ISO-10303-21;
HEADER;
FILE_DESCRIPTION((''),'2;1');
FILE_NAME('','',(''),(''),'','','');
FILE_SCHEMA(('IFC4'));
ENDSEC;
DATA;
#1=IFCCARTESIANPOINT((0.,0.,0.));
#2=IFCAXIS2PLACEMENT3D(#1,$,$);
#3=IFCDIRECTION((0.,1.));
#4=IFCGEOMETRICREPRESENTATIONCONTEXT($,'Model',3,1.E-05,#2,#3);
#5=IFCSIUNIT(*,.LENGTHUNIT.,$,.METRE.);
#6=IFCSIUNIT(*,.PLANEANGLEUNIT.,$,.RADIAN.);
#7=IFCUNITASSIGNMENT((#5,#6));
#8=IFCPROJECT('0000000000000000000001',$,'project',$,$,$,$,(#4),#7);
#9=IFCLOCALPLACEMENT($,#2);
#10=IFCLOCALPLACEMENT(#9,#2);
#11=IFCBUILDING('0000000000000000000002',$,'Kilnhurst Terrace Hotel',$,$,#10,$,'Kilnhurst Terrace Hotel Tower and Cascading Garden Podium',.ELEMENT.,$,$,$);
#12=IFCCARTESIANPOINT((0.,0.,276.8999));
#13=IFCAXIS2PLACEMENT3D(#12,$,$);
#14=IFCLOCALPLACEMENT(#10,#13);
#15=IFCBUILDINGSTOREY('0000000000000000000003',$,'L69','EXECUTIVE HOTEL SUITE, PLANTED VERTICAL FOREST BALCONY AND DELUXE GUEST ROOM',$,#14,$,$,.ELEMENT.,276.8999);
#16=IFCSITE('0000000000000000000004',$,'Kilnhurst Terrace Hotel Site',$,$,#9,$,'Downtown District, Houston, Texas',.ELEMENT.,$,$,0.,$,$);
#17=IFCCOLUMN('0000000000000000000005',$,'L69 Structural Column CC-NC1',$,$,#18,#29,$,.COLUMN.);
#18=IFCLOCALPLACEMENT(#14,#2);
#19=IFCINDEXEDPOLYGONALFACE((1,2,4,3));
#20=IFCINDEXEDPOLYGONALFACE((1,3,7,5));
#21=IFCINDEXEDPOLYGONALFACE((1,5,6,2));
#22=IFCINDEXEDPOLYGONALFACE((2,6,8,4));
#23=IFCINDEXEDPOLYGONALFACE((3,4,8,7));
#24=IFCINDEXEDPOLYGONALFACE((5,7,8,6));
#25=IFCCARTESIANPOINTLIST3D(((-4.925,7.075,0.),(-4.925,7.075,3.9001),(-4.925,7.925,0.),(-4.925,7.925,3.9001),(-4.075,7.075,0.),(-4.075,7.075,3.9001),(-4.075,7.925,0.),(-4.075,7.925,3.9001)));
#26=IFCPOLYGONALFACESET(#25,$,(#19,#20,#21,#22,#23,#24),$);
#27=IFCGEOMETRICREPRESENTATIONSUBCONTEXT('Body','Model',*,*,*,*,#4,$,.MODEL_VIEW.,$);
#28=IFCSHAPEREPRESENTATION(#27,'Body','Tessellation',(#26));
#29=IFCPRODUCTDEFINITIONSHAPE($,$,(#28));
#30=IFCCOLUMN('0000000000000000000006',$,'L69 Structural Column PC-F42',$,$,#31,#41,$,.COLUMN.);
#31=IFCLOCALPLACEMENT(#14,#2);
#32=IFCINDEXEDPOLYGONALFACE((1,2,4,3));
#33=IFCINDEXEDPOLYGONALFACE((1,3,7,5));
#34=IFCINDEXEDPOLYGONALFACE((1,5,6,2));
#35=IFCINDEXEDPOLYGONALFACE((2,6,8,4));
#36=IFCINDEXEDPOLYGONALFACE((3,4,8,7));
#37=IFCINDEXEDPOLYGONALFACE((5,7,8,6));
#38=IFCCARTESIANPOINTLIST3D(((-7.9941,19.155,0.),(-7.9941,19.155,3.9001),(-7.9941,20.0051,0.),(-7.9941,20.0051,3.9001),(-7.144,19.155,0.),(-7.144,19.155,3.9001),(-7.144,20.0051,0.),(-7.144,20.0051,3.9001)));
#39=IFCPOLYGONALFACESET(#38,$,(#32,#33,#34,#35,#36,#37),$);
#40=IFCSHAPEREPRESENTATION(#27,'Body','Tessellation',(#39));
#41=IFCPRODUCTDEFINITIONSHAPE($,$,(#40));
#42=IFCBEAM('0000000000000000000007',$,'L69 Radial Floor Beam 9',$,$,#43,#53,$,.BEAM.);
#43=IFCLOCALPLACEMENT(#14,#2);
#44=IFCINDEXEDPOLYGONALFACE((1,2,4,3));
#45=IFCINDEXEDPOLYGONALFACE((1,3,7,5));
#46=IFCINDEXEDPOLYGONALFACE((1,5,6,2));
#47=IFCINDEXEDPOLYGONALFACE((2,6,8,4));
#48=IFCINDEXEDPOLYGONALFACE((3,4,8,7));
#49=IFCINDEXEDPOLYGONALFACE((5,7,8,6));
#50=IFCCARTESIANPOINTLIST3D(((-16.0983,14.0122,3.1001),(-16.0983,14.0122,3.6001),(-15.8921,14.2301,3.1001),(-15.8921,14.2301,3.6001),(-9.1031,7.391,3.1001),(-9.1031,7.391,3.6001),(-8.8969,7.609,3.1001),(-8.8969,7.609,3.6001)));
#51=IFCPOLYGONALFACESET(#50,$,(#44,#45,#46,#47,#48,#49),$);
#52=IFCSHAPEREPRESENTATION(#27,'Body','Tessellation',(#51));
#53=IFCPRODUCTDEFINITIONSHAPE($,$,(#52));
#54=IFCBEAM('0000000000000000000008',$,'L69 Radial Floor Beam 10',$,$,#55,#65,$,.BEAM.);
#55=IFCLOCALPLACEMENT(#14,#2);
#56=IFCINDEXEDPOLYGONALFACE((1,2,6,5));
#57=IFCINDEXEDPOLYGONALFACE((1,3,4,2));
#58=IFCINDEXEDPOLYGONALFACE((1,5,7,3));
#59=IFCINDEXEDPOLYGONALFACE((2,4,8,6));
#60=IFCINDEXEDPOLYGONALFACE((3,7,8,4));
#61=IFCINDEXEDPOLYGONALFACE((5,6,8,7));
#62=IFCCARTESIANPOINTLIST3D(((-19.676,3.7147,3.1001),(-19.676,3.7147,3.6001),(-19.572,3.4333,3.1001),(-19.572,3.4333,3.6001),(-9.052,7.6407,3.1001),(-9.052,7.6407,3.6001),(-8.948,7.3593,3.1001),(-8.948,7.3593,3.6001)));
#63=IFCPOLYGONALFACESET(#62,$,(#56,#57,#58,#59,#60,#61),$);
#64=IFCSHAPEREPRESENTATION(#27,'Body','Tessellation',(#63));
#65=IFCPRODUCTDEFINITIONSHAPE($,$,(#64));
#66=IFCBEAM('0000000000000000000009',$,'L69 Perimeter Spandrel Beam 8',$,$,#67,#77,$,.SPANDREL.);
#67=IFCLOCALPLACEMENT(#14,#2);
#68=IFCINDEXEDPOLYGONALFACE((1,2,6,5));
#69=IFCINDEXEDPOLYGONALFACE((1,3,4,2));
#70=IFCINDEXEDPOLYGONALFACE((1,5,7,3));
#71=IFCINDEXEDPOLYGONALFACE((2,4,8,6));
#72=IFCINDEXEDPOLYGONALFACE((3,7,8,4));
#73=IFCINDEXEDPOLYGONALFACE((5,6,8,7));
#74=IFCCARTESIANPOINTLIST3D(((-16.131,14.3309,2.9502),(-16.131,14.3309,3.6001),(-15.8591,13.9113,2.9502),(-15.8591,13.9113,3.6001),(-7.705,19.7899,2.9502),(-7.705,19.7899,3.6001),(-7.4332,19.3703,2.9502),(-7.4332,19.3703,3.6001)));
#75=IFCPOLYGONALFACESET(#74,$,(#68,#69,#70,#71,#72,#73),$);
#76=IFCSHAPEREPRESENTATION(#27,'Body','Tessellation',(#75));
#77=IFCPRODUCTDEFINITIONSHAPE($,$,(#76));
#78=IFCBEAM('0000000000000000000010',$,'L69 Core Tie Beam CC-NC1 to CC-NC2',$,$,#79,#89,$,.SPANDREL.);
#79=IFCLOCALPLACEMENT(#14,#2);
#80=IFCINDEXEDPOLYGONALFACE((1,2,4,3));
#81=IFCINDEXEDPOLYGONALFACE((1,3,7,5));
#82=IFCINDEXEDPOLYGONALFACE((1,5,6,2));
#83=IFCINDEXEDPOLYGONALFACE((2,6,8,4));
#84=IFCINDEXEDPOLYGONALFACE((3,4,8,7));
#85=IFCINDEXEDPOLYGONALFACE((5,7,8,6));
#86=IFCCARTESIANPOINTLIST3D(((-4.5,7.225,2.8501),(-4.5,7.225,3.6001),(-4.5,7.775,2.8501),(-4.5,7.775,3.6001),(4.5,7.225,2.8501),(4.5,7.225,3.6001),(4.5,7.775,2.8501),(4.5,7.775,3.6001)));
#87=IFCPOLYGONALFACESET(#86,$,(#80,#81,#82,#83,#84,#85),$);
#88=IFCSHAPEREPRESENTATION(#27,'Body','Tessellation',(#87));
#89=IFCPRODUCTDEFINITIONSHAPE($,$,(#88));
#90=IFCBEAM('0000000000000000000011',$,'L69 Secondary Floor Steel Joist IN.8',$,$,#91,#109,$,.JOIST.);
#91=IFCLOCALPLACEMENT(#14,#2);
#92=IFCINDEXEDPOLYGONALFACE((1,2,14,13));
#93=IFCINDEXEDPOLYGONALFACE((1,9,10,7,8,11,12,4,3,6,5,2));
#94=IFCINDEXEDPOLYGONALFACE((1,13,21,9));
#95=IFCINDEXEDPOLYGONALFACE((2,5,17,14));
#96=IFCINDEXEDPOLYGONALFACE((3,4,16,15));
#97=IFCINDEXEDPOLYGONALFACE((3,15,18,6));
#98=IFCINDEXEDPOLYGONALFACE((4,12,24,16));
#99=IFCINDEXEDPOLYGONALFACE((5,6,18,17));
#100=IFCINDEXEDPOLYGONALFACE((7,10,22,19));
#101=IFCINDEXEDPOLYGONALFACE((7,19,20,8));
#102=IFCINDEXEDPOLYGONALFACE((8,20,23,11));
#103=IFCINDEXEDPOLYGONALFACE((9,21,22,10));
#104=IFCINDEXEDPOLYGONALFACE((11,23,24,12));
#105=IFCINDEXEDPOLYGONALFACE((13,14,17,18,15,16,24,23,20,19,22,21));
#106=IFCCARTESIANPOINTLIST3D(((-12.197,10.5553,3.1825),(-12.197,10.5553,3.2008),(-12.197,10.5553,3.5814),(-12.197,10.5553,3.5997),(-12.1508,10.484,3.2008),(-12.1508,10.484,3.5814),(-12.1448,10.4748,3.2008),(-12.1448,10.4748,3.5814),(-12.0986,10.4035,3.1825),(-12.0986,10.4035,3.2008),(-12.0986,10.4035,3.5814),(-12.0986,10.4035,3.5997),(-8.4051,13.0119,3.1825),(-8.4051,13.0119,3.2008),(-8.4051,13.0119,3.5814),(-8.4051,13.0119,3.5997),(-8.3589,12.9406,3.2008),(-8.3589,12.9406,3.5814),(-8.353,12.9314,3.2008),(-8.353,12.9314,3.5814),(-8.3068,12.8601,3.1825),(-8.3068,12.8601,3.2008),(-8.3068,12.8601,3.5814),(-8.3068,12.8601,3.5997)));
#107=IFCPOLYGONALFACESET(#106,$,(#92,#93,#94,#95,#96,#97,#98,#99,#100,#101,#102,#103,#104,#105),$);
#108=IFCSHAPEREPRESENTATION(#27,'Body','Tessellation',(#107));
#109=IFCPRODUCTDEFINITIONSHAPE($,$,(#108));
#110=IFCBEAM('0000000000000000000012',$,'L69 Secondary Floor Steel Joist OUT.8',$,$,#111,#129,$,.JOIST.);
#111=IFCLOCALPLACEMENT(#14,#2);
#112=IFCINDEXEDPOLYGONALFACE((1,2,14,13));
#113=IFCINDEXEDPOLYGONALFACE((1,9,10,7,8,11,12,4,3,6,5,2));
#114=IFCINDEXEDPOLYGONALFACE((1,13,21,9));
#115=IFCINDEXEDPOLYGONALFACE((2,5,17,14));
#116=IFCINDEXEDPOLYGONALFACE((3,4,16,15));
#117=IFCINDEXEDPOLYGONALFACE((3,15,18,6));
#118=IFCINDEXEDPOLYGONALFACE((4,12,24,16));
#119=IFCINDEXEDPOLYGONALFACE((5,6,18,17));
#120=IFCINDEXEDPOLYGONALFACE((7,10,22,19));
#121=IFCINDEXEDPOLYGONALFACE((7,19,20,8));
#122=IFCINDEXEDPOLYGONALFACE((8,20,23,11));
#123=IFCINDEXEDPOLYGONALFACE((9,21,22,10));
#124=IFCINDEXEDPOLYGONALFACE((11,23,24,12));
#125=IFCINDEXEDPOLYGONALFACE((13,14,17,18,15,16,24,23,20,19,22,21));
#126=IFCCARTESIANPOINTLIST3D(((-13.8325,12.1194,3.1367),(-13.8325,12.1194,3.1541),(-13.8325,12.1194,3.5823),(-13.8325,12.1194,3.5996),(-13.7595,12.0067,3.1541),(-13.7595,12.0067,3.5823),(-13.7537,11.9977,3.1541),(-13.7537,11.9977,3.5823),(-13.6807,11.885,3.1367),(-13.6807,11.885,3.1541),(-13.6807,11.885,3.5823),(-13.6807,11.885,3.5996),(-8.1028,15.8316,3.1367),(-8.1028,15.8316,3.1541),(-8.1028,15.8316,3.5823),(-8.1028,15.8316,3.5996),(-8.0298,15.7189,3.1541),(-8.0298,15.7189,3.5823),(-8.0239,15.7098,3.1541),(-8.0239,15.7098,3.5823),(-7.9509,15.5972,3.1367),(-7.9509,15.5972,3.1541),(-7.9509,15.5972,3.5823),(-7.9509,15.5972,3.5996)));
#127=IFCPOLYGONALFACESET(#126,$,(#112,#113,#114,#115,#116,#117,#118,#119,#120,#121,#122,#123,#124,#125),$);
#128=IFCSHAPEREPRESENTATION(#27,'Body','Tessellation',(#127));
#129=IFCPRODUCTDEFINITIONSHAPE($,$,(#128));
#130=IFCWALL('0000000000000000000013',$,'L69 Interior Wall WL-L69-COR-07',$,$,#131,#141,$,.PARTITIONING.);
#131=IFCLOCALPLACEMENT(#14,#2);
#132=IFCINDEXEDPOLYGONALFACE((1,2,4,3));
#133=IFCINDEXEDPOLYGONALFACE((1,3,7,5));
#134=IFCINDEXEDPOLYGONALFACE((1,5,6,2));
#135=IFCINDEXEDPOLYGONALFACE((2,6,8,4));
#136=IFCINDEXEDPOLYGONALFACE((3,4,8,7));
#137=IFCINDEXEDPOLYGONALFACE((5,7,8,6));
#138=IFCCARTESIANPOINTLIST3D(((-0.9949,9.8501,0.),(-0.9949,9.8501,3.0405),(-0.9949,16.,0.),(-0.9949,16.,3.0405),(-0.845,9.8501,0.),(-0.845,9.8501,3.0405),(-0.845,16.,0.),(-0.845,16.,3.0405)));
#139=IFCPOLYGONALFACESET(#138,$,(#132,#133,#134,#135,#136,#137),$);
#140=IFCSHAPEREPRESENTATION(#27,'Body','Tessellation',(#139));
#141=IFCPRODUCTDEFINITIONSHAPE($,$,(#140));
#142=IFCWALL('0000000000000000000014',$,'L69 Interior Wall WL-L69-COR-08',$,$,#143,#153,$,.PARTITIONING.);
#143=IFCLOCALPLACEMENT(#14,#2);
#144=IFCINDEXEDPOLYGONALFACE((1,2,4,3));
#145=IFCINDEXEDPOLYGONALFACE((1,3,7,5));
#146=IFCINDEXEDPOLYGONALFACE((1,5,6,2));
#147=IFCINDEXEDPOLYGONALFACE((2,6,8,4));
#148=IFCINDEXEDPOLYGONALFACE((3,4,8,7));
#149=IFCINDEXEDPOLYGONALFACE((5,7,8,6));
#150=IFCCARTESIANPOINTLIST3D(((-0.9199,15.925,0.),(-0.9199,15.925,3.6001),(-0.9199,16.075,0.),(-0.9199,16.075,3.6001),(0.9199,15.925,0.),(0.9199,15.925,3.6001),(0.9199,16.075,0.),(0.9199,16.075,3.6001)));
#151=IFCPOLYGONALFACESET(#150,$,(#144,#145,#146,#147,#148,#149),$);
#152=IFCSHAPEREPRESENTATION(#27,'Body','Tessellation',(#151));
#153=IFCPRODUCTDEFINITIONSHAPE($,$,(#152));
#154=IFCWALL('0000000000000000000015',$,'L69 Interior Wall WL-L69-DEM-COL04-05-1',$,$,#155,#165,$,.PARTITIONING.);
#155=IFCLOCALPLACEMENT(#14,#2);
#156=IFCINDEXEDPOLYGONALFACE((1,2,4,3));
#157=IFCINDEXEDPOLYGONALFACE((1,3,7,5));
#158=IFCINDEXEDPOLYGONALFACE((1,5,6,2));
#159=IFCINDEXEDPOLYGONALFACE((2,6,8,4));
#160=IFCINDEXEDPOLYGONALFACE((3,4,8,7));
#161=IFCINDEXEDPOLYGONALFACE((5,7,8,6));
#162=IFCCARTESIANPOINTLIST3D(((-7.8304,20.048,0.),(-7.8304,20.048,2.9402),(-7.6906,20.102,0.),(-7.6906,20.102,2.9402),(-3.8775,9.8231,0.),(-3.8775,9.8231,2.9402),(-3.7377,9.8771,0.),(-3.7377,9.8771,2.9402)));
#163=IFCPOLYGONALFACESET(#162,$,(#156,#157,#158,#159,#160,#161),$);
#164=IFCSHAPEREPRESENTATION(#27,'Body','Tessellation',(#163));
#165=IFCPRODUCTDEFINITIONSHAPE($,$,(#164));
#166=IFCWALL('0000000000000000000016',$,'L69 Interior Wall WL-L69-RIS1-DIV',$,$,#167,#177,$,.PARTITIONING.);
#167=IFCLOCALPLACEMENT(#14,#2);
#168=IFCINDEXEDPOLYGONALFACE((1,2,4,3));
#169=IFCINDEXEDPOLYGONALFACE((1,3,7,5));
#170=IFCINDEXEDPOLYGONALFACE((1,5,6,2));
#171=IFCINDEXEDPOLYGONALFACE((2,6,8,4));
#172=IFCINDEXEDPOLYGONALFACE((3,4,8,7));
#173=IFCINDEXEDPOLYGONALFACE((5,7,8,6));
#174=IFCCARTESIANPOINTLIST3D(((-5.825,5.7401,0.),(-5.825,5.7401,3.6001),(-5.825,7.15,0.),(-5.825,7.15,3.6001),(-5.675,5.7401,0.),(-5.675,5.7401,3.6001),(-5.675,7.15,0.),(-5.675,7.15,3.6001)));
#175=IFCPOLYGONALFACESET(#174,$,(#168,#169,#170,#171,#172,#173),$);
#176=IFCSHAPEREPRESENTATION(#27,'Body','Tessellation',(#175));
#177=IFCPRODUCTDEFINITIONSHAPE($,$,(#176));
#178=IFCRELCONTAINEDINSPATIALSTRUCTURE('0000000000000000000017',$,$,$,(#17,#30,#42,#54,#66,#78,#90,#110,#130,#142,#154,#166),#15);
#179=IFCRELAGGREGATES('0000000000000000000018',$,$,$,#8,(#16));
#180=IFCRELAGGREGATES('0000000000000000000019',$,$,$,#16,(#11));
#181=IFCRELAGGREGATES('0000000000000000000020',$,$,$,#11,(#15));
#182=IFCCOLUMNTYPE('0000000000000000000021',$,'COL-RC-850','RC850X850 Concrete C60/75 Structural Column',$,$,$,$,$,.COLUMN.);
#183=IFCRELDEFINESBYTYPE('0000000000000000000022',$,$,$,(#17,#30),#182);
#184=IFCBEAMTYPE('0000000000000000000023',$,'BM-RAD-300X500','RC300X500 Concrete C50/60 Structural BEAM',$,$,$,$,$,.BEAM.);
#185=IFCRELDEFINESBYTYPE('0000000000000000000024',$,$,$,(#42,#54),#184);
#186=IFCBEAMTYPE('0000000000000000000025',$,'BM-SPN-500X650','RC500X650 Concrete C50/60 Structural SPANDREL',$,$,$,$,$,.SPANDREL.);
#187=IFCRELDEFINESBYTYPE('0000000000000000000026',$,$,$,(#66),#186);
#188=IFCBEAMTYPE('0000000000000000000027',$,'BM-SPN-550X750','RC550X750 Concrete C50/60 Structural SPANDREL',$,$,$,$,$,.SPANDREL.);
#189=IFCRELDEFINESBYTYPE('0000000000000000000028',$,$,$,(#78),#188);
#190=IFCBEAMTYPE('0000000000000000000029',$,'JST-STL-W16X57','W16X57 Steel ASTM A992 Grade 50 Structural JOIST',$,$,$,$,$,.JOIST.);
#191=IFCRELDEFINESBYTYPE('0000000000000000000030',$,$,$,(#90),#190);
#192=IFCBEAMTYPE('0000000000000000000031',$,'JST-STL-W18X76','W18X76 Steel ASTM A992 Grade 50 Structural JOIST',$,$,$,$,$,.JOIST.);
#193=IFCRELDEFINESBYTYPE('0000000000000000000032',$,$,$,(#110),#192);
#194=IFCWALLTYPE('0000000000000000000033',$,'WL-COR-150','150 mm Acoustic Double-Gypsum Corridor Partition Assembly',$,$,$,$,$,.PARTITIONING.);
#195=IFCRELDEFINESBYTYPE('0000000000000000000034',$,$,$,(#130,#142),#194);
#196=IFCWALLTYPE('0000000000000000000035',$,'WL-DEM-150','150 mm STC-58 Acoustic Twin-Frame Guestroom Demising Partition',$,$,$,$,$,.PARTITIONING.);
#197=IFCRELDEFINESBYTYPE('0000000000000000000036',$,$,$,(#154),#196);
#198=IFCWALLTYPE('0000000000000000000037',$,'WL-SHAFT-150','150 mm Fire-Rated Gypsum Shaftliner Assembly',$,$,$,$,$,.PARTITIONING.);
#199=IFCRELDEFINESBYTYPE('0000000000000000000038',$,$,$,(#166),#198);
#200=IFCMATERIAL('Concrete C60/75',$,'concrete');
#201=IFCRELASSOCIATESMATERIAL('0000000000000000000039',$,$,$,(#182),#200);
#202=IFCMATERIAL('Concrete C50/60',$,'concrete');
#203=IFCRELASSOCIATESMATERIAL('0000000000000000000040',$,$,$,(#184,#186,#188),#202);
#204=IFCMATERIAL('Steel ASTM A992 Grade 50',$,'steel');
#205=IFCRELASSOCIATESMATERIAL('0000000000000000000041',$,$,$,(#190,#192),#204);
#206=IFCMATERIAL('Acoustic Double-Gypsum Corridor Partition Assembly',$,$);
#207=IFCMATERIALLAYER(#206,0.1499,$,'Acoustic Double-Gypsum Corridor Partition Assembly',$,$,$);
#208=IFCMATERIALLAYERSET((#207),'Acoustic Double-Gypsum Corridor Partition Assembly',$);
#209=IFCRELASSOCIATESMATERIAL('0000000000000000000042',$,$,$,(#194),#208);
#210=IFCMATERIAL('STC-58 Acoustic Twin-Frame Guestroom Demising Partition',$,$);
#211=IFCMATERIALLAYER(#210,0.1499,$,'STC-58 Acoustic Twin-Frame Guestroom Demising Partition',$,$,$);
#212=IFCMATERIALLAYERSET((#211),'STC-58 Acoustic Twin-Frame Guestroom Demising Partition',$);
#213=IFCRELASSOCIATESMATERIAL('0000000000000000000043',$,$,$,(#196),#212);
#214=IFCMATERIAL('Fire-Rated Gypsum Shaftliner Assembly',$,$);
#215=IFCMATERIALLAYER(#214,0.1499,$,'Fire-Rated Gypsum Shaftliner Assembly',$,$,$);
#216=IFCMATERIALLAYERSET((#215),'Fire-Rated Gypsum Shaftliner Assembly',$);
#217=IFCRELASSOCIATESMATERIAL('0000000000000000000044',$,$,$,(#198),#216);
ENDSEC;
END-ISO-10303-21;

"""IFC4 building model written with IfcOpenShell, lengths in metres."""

from ifc_helpers import new_model, si_unit, direction, frame, frame_2d, origin, origin_2d, place, context, subcontext, project, spatial, rectangle, i_section, extrude, material, layer, layer_set, material_profile, profile_set, type_object, element, save


model = new_model("IFC4")

# Units and contexts
model_context = context("Model", 3, precision=1e-05, world=origin(), true_north=direction((0.0, 1.0)))
body_context = subcontext(model_context, "Body", "Model", "MODEL_VIEW")
ifc_project = project(units=[si_unit("LENGTHUNIT", "METRE"), si_unit("PLANEANGLEUNIT", "RADIAN")], contexts=[model_context])

# Site, building, storey
site_placement = place(None, origin())
site = spatial("IfcSite", under=ifc_project, at=site_placement, Name="Kilnhurst Terrace Hotel Site", LongName="Downtown District, Houston, Texas", CompositionType="ELEMENT", RefElevation=0.0)
building_placement = place(site_placement, origin())
building = spatial("IfcBuilding", under=site, at=building_placement, Name="Kilnhurst Terrace Hotel", LongName="Kilnhurst Terrace Hotel Tower and Cascading Garden Podium", CompositionType="ELEMENT")
storey_placement = place(building_placement, frame((0.0, 0.0, 276.8999)))
storey = spatial("IfcBuildingStorey", under=building, at=storey_placement, Name="L69", Description="EXECUTIVE HOTEL SUITE, PLANTED VERTICAL FOREST BALCONY AND DELUXE GUEST ROOM", CompositionType="ELEMENT", Elevation=276.8999)

# Columns
ifc_material_1 = material(Name="Concrete C60/75", Category="concrete")
ifc_material_profile_1 = material_profile(ifc_material_1, rectangle(XDim=0.8501, YDim=0.8501, at=origin_2d()), Name="RC850X850")
ifc_profile_set_1 = profile_set([ifc_material_profile_1], Name="Concrete C60/75")
column_type = type_object("IfcColumnType", Name="COL-RC-850", Description="RC850X850 Concrete C60/75 Structural Column", PredefinedType="COLUMN", material=ifc_profile_set_1)
for number, where, z_axis, x_axis, name in (
    (1, (-4.5, 7.5, 0.0), (0.0, 0.0, 1.0), (1.0, 0.0, 0.0), "L69 Structural Column CC-NC1"),
    (2, (-7.5691, 19.5801, 0.0), (0.0, 0.0, 1.0), (1.0, 0.0, 0.0), "L69 Structural Column PC-F42"),
):
    element("IfcColumn", number, at=place(storey_placement, frame(where, z_axis=z_axis, x_axis=x_axis)), inside=storey, type_object=column_type, Name=name, PredefinedType="COLUMN", context=body_context, shape_type="SweptSolid", body=[
        extrude(rectangle(XDim=0.8501, YDim=0.8501, at=origin_2d()), origin(), (0.0, 0.0, 1.0), 3.9001),
    ])

# Beams
ifc_material_2 = material(Name="Concrete C50/60", Category="concrete")
ifc_material_profile_2 = material_profile(ifc_material_2, rectangle(XDim=0.3, YDim=0.5, at=origin_2d()), Name="RC300X500")
ifc_profile_set_2 = profile_set([ifc_material_profile_2], Name="Concrete C50/60")
beam_type_1 = type_object("IfcBeamType", Name="BM-RAD-300X500", Description="RC300X500 Concrete C50/60 Structural BEAM", PredefinedType="BEAM", material=ifc_profile_set_2)
beam_1_placement = place(storey_placement, frame((-9.0, 7.5, 3.3501), z_axis=(-0.726256, 0.687424, 0.0), x_axis=(-0.687424, -0.726256, 0.0)))
element("IfcBeam", 3, at=beam_1_placement, inside=storey, type_object=beam_type_1, Name="L69 Radial Floor Beam 9", PredefinedType="BEAM", context=body_context, shape_type="SweptSolid", body=[
    extrude(rectangle(XDim=0.3, YDim=0.5, at=origin_2d()), origin(), (0.0, 0.0, 1.0), 9.6318),
])
beam_2_placement = place(storey_placement, frame((-9.0, 7.5, 3.3501), z_axis=(-0.938002, -0.346631, 0.0), x_axis=(0.346631, -0.938002, 0.0)))
element("IfcBeam", 4, at=beam_2_placement, inside=storey, type_object=beam_type_1, Name="L69 Radial Floor Beam 10", PredefinedType="BEAM", context=body_context, shape_type="SweptSolid", body=[
    extrude(rectangle(XDim=0.3, YDim=0.5, at=origin_2d()), origin(), (0.0, 0.0, 1.0), 11.3262),
])
ifc_material_profile_3 = material_profile(ifc_material_2, rectangle(XDim=0.5, YDim=0.6499, at=origin_2d()), Name="RC500X650")
ifc_profile_set_3 = profile_set([ifc_material_profile_3], Name="Concrete C50/60")
beam_type_2 = type_object("IfcBeamType", Name="BM-SPN-500X650", Description="RC500X650 Concrete C50/60 Structural SPANDREL", PredefinedType="SPANDREL", material=ifc_profile_set_3)
beam_3_placement = place(storey_placement, frame((-7.5691, 19.5801, 3.2751), z_axis=(-0.839259, -0.543732, 0.0), x_axis=(0.543732, -0.839259, 0.0)))
element("IfcBeam", 5, at=beam_3_placement, inside=storey, type_object=beam_type_2, Name="L69 Perimeter Spandrel Beam 8", PredefinedType="SPANDREL", context=body_context, shape_type="SweptSolid", body=[
    extrude(rectangle(XDim=0.5, YDim=0.6499, at=origin_2d()), origin(), (0.0, 0.0, 1.0), 10.0398),
])
ifc_material_profile_4 = material_profile(ifc_material_2, rectangle(XDim=0.55, YDim=0.75, at=origin_2d()), Name="RC550X750")
ifc_profile_set_4 = profile_set([ifc_material_profile_4], Name="Concrete C50/60")
beam_type_3 = type_object("IfcBeamType", Name="BM-SPN-550X750", Description="RC550X750 Concrete C50/60 Structural SPANDREL", PredefinedType="SPANDREL", material=ifc_profile_set_4)
beam_4_placement = place(storey_placement, frame((-4.5, 7.5, 3.2251), z_axis=(1.0, 0.0, 0.0), x_axis=(0.0, 1.0, 0.0)))
element("IfcBeam", 6, at=beam_4_placement, inside=storey, type_object=beam_type_3, Name="L69 Core Tie Beam CC-NC1 to CC-NC2", PredefinedType="SPANDREL", context=body_context, shape_type="SweptSolid", body=[
    extrude(rectangle(XDim=0.55, YDim=0.75, at=origin_2d()), origin(), (0.0, 0.0, 1.0), 9.0),
])
ifc_material_3 = material(Name="Steel ASTM A992 Grade 50", Category="steel")
ifc_material_profile_5 = material_profile(ifc_material_3, i_section(OverallWidth=0.1809, OverallDepth=0.4172, WebThickness=0.011, FlangeThickness=0.0183, at=origin_2d()), Name="W16X57")
ifc_profile_set_5 = profile_set([ifc_material_profile_5], Name="Steel ASTM A992 Grade 50")
beam_type_4 = type_object("IfcBeamType", Name="JST-STL-W16X57", Description="W16X57 Steel ASTM A992 Grade 50 Structural JOIST", PredefinedType="JOIST", material=ifc_profile_set_5)
beam_5_placement = place(storey_placement, frame((-8.356, 12.936, 3.3911), z_axis=(-0.839261, -0.543728, 0.0), x_axis=(0.543728, -0.839261, 0.0)))
element("IfcBeam", 7, at=beam_5_placement, inside=storey, type_object=beam_type_4, Name="L69 Secondary Floor Steel Joist IN.8", PredefinedType="JOIST", context=body_context, shape_type="SweptSolid", body=[
    extrude(i_section(OverallWidth=0.1809, OverallDepth=0.4172, WebThickness=0.011, FlangeThickness=0.0183, at=origin_2d()), origin(), (0.0, 0.0, 1.0), 4.5181),
])
ifc_material_profile_6 = material_profile(ifc_material_3, i_section(OverallWidth=0.2793, OverallDepth=0.4629, WebThickness=0.0107, FlangeThickness=0.0173, at=origin_2d()), Name="W18X76")
ifc_profile_set_6 = profile_set([ifc_material_profile_6], Name="Steel ASTM A992 Grade 50")
beam_type_5 = type_object("IfcBeamType", Name="JST-STL-W18X76", Description="W18X76 Steel ASTM A992 Grade 50 Structural JOIST", PredefinedType="JOIST", material=ifc_profile_set_6)
beam_6_placement = place(storey_placement, frame((-8.0269, 15.7144, 3.3682), z_axis=(-0.839257, -0.543735, 0.0), x_axis=(0.543735, -0.839257, 0.0)))
element("IfcBeam", 8, at=beam_6_placement, inside=storey, type_object=beam_type_5, Name="L69 Secondary Floor Steel Joist OUT.8", PredefinedType="JOIST", context=body_context, shape_type="SweptSolid", body=[
    extrude(i_section(OverallWidth=0.2793, OverallDepth=0.4629, WebThickness=0.0107, FlangeThickness=0.0173, at=origin_2d()), origin(), (0.0, 0.0, 1.0), 6.8271),
])

# Walls
ifc_material_4 = material(Name="Acoustic Double-Gypsum Corridor Partition Assembly")
ifc_layer_1 = layer(ifc_material_4, 0.1499, Name="Acoustic Double-Gypsum Corridor Partition Assembly")
ifc_layer_set_1 = layer_set([ifc_layer_1], Name="Acoustic Double-Gypsum Corridor Partition Assembly")
wall_type_1 = type_object("IfcWallType", Name="WL-COR-150", Description="150 mm Acoustic Double-Gypsum Corridor Partition Assembly", PredefinedType="PARTITIONING", material=ifc_layer_set_1)
wall_1_placement = place(storey_placement, frame((-0.9199, 9.8501, 0.0), z_axis=(0.0, 0.0, 1.0), x_axis=(0.0, 1.0, 0.0)))
element("IfcWall", 9, at=wall_1_placement, inside=storey, type_object=wall_type_1, Name="L69 Interior Wall WL-L69-COR-07", PredefinedType="PARTITIONING", context=body_context, shape_type="SweptSolid", body=[
    extrude(rectangle(XDim=6.1499, YDim=0.1499, at=frame_2d((3.075, 0.0))), origin(), (0.0, 0.0, 1.0), 3.0405),
])
wall_2_placement = place(storey_placement, frame((-0.9199, 16.0, 0.0), z_axis=(0.0, 0.0, 1.0), x_axis=(1.0, 0.0, 0.0)))
element("IfcWall", 10, at=wall_2_placement, inside=storey, type_object=wall_type_1, Name="L69 Interior Wall WL-L69-COR-08", PredefinedType="PARTITIONING", context=body_context, shape_type="SweptSolid", body=[
    extrude(rectangle(XDim=1.8398, YDim=0.1499, at=frame_2d((0.9199, 0.0))), origin(), (0.0, 0.0, 1.0), 3.6001),
])
ifc_material_5 = material(Name="STC-58 Acoustic Twin-Frame Guestroom Demising Partition")
ifc_layer_2 = layer(ifc_material_5, 0.1499, Name="STC-58 Acoustic Twin-Frame Guestroom Demising Partition")
ifc_layer_set_2 = layer_set([ifc_layer_2], Name="STC-58 Acoustic Twin-Frame Guestroom Demising Partition")
wall_type_2 = type_object("IfcWallType", Name="WL-DEM-150", Description="150 mm STC-58 Acoustic Twin-Frame Guestroom Demising Partition", PredefinedType="PARTITIONING", material=ifc_layer_set_2)
wall_3_placement = place(storey_placement, frame((-3.8076, 9.8501, 0.0), z_axis=(0.0, 0.0, 1.0), x_axis=(-0.360587, 0.932725, 0.0)))
element("IfcWall", 11, at=wall_3_placement, inside=storey, type_object=wall_type_2, Name="L69 Interior Wall WL-L69-DEM-COL04-05-1", PredefinedType="PARTITIONING", context=body_context, shape_type="SweptSolid", body=[
    extrude(rectangle(XDim=10.9624, YDim=0.1499, at=frame_2d((5.4812, 0.0))), origin(), (0.0, 0.0, 1.0), 2.9402),
])
ifc_material_6 = material(Name="Fire-Rated Gypsum Shaftliner Assembly")
ifc_layer_3 = layer(ifc_material_6, 0.1499, Name="Fire-Rated Gypsum Shaftliner Assembly")
ifc_layer_set_3 = layer_set([ifc_layer_3], Name="Fire-Rated Gypsum Shaftliner Assembly")
wall_type_3 = type_object("IfcWallType", Name="WL-SHAFT-150", Description="150 mm Fire-Rated Gypsum Shaftliner Assembly", PredefinedType="PARTITIONING", material=ifc_layer_set_3)
wall_4_placement = place(storey_placement, frame((-5.75, 5.74, 0.0), z_axis=(0.0, 0.0, 1.0), x_axis=(0.0, 1.0, 0.0)))
element("IfcWall", 12, at=wall_4_placement, inside=storey, type_object=wall_type_3, Name="L69 Interior Wall WL-L69-RIS1-DIV", PredefinedType="PARTITIONING", context=body_context, shape_type="SweptSolid", body=[
    extrude(rectangle(XDim=1.4099, YDim=0.1499, at=frame_2d((0.7051, 0.0))), origin(), (0.0, 0.0, 1.0), 3.6001),
])

save(model, "model.ifc")
